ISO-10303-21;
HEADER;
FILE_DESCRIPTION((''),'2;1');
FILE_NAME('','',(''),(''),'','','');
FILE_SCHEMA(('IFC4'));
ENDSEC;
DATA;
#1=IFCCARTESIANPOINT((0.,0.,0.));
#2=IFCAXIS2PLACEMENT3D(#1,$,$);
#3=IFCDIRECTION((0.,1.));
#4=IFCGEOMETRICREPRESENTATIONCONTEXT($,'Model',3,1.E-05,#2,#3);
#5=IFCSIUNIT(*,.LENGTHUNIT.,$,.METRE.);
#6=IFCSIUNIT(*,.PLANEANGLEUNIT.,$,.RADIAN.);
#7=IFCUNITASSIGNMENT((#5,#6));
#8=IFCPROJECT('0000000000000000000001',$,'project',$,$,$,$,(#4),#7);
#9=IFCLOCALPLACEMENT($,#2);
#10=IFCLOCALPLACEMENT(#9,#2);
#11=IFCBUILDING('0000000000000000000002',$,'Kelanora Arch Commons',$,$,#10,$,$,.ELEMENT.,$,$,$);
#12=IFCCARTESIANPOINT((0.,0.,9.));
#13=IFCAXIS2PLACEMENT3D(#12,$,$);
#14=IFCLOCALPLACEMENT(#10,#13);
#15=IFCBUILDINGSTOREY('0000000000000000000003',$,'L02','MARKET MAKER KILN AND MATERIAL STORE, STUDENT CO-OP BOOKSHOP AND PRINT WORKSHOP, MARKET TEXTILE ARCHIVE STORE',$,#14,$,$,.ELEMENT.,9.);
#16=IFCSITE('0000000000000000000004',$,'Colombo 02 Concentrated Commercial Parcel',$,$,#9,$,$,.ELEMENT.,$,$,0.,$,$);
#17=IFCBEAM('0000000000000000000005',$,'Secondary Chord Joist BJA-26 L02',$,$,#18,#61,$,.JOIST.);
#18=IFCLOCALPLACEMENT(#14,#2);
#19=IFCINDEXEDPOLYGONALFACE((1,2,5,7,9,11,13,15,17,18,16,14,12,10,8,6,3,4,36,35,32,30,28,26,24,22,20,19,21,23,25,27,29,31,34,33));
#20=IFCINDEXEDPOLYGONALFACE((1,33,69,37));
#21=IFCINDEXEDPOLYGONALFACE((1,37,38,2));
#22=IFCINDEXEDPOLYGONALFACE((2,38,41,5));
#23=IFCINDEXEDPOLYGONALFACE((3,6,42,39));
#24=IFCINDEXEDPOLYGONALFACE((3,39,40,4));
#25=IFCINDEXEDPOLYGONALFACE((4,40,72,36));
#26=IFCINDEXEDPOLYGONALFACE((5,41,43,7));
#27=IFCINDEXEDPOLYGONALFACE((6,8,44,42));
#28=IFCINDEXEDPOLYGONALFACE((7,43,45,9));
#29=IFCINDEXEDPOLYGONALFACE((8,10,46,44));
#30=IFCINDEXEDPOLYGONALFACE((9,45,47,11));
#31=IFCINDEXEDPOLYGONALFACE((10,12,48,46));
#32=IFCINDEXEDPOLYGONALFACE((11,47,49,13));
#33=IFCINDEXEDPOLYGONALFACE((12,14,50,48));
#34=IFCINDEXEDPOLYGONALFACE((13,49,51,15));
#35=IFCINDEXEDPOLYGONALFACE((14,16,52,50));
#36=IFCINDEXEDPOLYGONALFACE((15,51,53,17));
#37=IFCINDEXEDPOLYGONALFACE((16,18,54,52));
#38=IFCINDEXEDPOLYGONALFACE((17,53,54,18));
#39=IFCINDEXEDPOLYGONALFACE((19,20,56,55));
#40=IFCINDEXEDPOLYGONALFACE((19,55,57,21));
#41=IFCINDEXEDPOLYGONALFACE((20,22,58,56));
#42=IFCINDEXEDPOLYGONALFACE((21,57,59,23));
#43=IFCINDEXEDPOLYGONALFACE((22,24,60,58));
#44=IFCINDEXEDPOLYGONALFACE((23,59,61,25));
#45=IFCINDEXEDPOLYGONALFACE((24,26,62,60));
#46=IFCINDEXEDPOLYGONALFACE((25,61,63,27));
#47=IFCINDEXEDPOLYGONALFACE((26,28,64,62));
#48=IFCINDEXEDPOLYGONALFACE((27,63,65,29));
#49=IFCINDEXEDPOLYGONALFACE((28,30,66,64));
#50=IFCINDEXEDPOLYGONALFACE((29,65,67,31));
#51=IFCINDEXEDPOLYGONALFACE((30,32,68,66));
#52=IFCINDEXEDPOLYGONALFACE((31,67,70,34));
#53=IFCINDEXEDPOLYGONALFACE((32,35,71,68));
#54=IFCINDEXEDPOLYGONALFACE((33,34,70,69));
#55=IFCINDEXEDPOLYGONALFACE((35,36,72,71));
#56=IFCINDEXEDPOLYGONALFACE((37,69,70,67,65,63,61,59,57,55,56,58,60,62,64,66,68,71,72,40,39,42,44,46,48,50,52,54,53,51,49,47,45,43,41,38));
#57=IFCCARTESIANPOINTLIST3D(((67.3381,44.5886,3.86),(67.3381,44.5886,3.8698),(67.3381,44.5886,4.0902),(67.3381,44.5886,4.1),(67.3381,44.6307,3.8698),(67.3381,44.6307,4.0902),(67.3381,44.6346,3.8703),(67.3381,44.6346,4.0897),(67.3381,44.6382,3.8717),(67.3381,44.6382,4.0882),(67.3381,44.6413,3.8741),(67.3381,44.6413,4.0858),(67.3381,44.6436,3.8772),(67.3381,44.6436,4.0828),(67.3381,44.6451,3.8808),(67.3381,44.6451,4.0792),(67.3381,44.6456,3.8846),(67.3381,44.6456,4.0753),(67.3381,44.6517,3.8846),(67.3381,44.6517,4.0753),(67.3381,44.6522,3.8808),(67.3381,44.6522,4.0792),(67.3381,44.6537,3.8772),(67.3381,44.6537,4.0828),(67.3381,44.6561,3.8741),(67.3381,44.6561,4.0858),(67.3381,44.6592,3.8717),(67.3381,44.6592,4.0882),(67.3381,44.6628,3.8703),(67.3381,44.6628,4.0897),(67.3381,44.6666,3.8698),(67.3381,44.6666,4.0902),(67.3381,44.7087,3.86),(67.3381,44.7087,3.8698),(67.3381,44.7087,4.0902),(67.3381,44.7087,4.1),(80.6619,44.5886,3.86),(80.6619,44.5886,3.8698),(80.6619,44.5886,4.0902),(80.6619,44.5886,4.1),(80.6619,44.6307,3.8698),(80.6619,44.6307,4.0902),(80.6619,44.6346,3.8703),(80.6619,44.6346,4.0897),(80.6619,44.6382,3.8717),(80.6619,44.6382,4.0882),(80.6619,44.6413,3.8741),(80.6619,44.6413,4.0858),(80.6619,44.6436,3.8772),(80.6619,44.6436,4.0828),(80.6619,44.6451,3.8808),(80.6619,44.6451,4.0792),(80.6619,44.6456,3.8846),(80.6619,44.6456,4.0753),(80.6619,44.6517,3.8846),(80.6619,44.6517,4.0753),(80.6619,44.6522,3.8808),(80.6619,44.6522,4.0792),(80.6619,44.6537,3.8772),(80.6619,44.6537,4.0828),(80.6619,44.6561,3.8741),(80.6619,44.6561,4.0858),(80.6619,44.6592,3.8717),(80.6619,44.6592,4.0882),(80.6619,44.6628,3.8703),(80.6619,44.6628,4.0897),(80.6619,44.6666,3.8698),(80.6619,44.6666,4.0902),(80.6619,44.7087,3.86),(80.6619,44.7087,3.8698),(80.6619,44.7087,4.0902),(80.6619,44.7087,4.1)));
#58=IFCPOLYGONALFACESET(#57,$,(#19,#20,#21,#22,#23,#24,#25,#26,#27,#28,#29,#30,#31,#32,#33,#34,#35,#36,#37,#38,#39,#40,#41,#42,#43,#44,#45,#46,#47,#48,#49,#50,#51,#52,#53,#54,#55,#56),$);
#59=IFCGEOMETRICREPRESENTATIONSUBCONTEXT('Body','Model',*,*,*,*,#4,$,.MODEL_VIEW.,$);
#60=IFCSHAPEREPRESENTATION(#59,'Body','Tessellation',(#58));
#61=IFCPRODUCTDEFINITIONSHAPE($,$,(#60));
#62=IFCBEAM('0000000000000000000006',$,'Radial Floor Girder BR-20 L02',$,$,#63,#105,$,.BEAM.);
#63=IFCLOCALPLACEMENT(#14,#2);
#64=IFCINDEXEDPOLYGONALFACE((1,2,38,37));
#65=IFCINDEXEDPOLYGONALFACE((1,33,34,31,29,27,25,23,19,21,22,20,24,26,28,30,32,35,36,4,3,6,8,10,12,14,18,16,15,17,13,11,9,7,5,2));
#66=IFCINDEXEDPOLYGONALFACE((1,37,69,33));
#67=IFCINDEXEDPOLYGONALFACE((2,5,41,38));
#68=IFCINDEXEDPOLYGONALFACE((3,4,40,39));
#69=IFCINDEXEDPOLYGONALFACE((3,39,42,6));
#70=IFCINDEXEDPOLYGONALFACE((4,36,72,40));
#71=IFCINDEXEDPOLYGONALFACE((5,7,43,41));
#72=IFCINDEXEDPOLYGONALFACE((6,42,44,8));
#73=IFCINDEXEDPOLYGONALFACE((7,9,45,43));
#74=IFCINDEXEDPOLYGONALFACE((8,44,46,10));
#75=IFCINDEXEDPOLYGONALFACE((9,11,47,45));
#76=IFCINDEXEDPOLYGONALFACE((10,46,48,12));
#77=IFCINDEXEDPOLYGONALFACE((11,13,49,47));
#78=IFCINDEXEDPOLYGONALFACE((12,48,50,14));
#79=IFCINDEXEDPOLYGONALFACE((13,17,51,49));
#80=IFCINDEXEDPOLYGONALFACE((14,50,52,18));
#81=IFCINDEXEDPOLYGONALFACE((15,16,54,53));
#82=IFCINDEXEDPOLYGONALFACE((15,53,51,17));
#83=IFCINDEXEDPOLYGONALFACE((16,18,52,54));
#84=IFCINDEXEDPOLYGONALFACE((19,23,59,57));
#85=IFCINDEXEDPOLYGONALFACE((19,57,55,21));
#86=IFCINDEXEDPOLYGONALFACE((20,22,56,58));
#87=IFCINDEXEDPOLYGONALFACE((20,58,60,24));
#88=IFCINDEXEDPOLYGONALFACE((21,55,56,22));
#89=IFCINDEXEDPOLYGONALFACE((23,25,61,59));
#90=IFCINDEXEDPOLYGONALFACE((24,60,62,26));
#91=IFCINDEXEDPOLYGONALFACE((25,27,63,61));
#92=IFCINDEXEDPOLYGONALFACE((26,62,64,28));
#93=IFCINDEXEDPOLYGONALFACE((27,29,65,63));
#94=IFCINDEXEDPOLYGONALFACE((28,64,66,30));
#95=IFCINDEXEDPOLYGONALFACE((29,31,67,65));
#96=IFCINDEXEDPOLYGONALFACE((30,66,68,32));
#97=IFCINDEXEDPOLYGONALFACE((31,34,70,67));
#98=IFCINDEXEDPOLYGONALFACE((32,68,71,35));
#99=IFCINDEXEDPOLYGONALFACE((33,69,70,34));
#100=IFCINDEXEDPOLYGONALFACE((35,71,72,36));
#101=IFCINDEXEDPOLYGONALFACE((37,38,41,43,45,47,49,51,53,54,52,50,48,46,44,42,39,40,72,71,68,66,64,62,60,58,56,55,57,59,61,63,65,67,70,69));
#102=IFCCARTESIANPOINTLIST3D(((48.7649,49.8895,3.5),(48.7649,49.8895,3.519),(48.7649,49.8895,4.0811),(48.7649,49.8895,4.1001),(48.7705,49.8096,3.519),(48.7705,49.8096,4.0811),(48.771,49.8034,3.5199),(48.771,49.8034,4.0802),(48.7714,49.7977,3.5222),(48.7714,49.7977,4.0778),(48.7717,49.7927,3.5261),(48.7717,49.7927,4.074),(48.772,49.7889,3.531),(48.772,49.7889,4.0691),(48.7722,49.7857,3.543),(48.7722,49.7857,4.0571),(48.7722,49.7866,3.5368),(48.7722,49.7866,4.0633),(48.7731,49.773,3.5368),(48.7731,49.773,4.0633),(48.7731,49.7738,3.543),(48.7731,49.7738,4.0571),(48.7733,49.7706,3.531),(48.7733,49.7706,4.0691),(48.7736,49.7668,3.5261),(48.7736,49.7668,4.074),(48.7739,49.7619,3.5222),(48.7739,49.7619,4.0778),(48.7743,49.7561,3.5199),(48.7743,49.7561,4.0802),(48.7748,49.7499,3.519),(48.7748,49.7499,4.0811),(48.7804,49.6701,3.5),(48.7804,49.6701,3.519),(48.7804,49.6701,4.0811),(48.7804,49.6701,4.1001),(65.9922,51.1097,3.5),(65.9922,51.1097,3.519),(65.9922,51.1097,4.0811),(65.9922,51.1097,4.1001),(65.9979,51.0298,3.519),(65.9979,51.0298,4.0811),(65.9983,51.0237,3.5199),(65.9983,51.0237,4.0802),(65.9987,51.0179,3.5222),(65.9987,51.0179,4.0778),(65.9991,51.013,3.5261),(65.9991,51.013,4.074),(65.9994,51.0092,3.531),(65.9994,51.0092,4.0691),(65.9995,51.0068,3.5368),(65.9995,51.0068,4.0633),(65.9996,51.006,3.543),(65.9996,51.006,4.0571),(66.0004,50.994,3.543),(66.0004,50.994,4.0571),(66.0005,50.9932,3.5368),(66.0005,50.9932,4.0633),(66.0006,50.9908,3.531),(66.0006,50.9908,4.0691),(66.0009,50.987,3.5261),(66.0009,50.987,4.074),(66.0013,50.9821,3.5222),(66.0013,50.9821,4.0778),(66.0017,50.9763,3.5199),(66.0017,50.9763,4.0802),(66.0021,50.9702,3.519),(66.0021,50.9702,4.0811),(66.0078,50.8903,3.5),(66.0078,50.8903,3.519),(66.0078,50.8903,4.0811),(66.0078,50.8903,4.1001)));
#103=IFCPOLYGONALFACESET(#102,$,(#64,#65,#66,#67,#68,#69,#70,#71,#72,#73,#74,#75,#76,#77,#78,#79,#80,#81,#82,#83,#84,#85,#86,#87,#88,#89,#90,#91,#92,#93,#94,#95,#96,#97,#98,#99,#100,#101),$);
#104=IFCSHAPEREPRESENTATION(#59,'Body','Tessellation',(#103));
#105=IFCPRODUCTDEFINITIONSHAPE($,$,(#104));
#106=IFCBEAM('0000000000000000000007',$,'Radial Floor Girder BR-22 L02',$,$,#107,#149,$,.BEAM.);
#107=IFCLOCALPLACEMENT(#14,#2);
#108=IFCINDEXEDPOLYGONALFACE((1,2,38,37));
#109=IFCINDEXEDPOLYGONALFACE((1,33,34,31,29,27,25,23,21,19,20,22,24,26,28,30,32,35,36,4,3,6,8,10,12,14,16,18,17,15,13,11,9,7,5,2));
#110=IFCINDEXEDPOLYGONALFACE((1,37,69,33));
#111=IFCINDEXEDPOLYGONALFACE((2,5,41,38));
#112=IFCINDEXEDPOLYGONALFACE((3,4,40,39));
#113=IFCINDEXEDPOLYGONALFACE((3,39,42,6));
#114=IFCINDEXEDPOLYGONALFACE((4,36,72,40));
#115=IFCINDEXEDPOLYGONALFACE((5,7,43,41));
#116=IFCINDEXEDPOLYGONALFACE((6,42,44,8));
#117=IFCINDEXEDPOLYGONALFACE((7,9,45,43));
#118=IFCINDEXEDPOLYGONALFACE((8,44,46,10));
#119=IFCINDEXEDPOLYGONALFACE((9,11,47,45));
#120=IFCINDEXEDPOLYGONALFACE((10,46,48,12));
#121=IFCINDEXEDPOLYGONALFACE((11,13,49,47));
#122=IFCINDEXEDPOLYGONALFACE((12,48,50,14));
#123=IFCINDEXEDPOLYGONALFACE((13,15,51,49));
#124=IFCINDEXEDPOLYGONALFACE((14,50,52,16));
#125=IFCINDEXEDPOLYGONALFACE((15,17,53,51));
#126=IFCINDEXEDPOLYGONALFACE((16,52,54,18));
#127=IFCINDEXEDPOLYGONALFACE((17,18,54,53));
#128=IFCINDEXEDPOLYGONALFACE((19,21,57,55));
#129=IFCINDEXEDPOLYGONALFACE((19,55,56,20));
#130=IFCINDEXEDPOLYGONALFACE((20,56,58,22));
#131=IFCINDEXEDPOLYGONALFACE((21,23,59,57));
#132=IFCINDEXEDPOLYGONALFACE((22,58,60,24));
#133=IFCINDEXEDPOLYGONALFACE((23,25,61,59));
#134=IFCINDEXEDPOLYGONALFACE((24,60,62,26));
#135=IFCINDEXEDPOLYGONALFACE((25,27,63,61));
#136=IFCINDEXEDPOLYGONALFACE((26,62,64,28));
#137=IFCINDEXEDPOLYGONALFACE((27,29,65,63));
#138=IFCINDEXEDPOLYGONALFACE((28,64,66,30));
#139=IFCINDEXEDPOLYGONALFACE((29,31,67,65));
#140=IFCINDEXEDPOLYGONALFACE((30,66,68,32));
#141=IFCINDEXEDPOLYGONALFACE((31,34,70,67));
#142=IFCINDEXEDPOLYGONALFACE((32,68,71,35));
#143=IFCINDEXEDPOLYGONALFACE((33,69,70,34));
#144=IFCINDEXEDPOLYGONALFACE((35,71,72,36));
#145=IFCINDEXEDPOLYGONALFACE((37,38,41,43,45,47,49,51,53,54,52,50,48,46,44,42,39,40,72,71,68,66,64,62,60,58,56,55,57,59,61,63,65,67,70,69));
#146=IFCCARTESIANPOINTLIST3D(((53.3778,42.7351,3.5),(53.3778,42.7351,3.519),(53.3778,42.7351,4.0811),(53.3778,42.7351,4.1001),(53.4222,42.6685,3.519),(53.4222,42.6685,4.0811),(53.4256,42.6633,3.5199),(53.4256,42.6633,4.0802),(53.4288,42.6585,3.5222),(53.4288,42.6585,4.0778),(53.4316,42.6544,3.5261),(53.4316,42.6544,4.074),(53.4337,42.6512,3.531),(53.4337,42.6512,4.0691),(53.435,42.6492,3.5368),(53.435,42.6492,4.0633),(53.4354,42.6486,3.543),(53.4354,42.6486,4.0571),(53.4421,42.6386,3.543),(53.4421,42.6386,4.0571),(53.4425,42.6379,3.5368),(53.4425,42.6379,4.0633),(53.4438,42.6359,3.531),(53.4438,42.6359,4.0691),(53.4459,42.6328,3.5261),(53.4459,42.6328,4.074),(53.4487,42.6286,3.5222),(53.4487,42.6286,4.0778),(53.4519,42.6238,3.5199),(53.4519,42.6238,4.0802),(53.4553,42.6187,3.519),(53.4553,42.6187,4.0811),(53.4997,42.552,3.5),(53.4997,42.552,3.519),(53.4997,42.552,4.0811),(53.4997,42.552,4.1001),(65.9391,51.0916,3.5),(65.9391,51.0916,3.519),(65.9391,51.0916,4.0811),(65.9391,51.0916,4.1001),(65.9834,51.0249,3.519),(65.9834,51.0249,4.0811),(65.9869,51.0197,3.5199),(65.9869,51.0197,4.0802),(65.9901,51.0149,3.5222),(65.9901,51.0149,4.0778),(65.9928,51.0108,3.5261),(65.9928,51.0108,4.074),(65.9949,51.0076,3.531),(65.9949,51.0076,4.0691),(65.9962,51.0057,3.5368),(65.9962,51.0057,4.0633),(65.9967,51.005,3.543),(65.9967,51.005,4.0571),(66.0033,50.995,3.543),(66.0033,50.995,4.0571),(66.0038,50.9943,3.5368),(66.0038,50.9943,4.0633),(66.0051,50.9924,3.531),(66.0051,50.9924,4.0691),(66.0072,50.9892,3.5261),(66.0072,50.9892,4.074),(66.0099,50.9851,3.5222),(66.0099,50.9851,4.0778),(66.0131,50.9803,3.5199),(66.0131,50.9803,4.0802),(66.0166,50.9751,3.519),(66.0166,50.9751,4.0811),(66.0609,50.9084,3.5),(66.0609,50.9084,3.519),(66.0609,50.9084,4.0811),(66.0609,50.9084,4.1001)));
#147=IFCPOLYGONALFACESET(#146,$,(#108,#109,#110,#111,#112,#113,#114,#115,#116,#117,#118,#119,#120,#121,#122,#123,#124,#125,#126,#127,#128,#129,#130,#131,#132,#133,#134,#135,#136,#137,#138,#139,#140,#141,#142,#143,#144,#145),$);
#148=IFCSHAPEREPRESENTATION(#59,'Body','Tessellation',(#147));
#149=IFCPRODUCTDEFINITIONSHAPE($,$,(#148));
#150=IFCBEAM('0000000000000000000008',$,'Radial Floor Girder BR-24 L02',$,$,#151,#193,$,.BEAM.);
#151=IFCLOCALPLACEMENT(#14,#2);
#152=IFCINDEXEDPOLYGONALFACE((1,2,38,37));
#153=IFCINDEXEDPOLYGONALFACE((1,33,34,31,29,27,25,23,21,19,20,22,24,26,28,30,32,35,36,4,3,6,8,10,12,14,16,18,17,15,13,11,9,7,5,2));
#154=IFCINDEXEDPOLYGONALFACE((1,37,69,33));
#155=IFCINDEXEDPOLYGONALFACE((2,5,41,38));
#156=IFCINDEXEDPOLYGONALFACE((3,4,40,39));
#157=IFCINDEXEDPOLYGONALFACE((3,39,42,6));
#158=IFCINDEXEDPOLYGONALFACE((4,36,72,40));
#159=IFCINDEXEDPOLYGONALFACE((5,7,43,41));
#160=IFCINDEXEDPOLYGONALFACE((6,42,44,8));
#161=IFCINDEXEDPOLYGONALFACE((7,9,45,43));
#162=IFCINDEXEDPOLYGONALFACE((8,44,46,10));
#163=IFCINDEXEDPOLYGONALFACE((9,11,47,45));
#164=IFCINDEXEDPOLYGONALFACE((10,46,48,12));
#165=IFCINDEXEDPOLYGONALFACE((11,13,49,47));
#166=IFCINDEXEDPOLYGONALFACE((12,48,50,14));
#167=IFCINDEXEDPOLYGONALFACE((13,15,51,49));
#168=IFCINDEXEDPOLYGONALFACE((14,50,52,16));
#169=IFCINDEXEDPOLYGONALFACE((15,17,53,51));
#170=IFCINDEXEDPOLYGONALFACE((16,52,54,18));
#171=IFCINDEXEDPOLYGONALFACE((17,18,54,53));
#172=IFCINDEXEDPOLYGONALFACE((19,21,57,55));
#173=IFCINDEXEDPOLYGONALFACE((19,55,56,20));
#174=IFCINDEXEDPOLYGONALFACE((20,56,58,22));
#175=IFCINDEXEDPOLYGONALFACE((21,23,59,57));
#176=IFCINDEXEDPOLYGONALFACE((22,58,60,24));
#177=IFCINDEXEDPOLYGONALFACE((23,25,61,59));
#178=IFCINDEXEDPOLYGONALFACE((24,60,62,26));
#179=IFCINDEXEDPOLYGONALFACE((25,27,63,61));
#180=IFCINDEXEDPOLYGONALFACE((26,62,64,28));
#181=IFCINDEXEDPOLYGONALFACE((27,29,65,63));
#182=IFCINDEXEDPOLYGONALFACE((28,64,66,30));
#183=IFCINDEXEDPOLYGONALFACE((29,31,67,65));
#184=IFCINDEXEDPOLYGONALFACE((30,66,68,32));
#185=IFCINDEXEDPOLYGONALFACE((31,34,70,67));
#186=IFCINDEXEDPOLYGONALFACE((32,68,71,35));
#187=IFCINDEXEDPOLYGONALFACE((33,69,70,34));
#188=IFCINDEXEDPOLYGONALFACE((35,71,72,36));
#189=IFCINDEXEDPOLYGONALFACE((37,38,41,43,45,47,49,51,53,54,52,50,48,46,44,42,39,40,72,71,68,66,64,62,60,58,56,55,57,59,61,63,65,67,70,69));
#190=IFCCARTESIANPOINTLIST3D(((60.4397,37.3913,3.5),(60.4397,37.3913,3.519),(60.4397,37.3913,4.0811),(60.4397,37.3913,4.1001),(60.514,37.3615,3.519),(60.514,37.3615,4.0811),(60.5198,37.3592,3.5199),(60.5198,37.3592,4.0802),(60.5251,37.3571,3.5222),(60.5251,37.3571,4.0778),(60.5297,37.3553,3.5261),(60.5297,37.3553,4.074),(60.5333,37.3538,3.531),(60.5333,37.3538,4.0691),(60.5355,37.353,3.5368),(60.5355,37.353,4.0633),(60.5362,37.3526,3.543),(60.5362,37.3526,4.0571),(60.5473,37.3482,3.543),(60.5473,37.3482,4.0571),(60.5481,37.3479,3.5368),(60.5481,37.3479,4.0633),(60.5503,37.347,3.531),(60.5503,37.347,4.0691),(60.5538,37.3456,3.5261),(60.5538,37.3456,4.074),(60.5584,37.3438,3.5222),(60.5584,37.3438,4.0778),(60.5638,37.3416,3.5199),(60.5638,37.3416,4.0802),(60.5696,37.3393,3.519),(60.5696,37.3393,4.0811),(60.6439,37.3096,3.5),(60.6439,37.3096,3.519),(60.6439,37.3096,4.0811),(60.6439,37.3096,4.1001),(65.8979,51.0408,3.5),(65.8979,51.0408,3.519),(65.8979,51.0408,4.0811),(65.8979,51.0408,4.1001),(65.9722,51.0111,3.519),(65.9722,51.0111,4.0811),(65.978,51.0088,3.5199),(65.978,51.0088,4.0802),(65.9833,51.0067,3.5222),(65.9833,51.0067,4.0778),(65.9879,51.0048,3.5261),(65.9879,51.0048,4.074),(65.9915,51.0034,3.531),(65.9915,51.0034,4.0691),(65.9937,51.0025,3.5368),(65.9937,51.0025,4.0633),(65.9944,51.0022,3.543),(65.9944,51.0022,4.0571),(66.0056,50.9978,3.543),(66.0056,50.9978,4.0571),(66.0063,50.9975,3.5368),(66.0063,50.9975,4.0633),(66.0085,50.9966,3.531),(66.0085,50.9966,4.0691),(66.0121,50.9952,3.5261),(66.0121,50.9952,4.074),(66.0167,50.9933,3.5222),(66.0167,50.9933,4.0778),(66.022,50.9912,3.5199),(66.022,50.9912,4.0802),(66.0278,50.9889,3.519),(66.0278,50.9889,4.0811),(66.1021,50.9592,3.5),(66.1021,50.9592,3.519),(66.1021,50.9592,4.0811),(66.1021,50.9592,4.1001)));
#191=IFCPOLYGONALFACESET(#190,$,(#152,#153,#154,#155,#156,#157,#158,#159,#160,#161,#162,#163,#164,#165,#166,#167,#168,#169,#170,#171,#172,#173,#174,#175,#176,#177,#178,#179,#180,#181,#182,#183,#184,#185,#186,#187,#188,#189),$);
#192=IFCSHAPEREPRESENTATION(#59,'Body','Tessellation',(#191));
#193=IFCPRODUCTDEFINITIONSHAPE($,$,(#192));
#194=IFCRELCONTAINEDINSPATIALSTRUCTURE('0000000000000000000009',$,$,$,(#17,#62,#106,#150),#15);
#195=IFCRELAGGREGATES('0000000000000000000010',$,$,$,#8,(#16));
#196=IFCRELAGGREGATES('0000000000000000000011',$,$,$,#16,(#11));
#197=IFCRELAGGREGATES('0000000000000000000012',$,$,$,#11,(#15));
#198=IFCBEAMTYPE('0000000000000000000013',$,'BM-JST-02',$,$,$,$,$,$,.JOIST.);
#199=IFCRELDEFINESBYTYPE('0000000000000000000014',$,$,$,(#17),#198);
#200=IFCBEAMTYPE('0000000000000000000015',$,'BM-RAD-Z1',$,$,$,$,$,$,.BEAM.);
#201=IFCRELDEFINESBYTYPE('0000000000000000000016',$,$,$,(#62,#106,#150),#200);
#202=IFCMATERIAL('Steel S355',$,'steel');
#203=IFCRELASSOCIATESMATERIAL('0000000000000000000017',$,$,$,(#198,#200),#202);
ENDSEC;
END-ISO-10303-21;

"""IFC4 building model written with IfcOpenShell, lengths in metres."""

from ifc_helpers import new_model, si_unit, direction, frame, origin, origin_2d, place, context, subcontext, project, spatial, i_section, extrude, material, material_profile, profile_set, type_object, element, save


model = new_model("IFC4")

# Units and contexts
model_context = context("Model", 3, precision=1e-05, world=origin(), true_north=direction((0.0, 1.0)))
body_context = subcontext(model_context, "Body", "Model", "MODEL_VIEW")
ifc_project = project(units=[si_unit("LENGTHUNIT", "METRE"), si_unit("PLANEANGLEUNIT", "RADIAN")], contexts=[model_context])

# Site, building, storey
site_placement = place(None, origin())
site = spatial("IfcSite", under=ifc_project, at=site_placement, Name="Colombo 02 Concentrated Commercial Parcel", CompositionType="ELEMENT", RefElevation=0.0)
building_placement = place(site_placement, origin())
building = spatial("IfcBuilding", under=site, at=building_placement, Name="Kelanora Arch Commons", CompositionType="ELEMENT")
storey_placement = place(building_placement, frame((0.0, 0.0, 9.0)))
storey = spatial("IfcBuildingStorey", under=building, at=storey_placement, Name="L02", Description="MARKET MAKER KILN AND MATERIAL STORE, STUDENT CO-OP BOOKSHOP AND PRINT WORKSHOP, MARKET TEXTILE ARCHIVE STORE", CompositionType="ELEMENT", Elevation=9.0)

# Beams
ifc_material_1 = material(Name="Steel S355", Category="steel")
ifc_material_profile_1 = material_profile(ifc_material_1, i_section(OverallWidth=0.1201, OverallDepth=0.24, WebThickness=0.0061, FlangeThickness=0.0098, FilletRadius=0.0149, at=origin_2d()), Name="IPE240")
ifc_profile_set_1 = profile_set([ifc_material_profile_1], Name="Steel S355")
beam_type_1 = type_object("IfcBeamType", Name="BM-JST-02", PredefinedType="JOIST", material=ifc_profile_set_1)
beam_1_placement = place(storey_placement, frame((67.3381, 44.6487, 3.98), z_axis=(1.0, 0.0, 0.0), x_axis=(0.0, 1.0, 0.0)))
element("IfcBeam", 1, at=beam_1_placement, inside=storey, type_object=beam_type_1, Name="Secondary Chord Joist BJA-26 L02", PredefinedType="JOIST", context=body_context, shape_type="SweptSolid", body=[
    extrude(i_section(OverallWidth=0.1201, OverallDepth=0.24, WebThickness=0.0061, FlangeThickness=0.0098, FilletRadius=0.0149, at=origin_2d()), origin(), (0.0, 0.0, 1.0), 13.3237),
])
ifc_material_profile_2 = material_profile(ifc_material_1, i_section(OverallWidth=0.22, OverallDepth=0.6001, WebThickness=0.012, FlangeThickness=0.019, FilletRadius=0.0239, at=origin_2d()), Name="IPE600")
ifc_profile_set_2 = profile_set([ifc_material_profile_2], Name="Steel S355")
beam_type_2 = type_object("IfcBeamType", Name="BM-RAD-Z1", PredefinedType="BEAM", material=ifc_profile_set_2)
beam_2_placement = place(storey_placement, frame((66.0, 51.0, 3.8), z_axis=(-0.997501, -0.070653, 0.0), x_axis=(0.070653, -0.997501, 0.0)))
element("IfcBeam", 2, at=beam_2_placement, inside=storey, type_object=beam_type_2, Name="Radial Floor Girder BR-20 L02", PredefinedType="BEAM", context=body_context, shape_type="SweptSolid", body=[
    extrude(i_section(OverallWidth=0.22, OverallDepth=0.6001, WebThickness=0.012, FlangeThickness=0.019, FilletRadius=0.0239, at=origin_2d()), origin(), (0.0, 0.0, 1.0), 17.2705),
])
beam_3_placement = place(storey_placement, frame((66.0, 51.0, 3.8), z_axis=(-0.832593, -0.553886, 0.0), x_axis=(0.553886, -0.832593, 0.0)))
element("IfcBeam", 3, at=beam_3_placement, inside=storey, type_object=beam_type_2, Name="Radial Floor Girder BR-22 L02", PredefinedType="BEAM", context=body_context, shape_type="SweptSolid", body=[
    extrude(i_section(OverallWidth=0.22, OverallDepth=0.6001, WebThickness=0.012, FlangeThickness=0.019, FilletRadius=0.0239, at=origin_2d()), origin(), (0.0, 0.0, 1.0), 15.0869),
])
beam_4_placement = place(storey_placement, frame((66.0, 51.0, 3.8), z_axis=(-0.371296, -0.928514, 0.0), x_axis=(0.928514, -0.371296, 0.0)))
element("IfcBeam", 4, at=beam_4_placement, inside=storey, type_object=beam_type_2, Name="Radial Floor Girder BR-24 L02", PredefinedType="BEAM", context=body_context, shape_type="SweptSolid", body=[
    extrude(i_section(OverallWidth=0.22, OverallDepth=0.6001, WebThickness=0.012, FlangeThickness=0.019, FilletRadius=0.0239, at=origin_2d()), origin(), (0.0, 0.0, 1.0), 14.7004),
])

save(model, "model.ifc")
